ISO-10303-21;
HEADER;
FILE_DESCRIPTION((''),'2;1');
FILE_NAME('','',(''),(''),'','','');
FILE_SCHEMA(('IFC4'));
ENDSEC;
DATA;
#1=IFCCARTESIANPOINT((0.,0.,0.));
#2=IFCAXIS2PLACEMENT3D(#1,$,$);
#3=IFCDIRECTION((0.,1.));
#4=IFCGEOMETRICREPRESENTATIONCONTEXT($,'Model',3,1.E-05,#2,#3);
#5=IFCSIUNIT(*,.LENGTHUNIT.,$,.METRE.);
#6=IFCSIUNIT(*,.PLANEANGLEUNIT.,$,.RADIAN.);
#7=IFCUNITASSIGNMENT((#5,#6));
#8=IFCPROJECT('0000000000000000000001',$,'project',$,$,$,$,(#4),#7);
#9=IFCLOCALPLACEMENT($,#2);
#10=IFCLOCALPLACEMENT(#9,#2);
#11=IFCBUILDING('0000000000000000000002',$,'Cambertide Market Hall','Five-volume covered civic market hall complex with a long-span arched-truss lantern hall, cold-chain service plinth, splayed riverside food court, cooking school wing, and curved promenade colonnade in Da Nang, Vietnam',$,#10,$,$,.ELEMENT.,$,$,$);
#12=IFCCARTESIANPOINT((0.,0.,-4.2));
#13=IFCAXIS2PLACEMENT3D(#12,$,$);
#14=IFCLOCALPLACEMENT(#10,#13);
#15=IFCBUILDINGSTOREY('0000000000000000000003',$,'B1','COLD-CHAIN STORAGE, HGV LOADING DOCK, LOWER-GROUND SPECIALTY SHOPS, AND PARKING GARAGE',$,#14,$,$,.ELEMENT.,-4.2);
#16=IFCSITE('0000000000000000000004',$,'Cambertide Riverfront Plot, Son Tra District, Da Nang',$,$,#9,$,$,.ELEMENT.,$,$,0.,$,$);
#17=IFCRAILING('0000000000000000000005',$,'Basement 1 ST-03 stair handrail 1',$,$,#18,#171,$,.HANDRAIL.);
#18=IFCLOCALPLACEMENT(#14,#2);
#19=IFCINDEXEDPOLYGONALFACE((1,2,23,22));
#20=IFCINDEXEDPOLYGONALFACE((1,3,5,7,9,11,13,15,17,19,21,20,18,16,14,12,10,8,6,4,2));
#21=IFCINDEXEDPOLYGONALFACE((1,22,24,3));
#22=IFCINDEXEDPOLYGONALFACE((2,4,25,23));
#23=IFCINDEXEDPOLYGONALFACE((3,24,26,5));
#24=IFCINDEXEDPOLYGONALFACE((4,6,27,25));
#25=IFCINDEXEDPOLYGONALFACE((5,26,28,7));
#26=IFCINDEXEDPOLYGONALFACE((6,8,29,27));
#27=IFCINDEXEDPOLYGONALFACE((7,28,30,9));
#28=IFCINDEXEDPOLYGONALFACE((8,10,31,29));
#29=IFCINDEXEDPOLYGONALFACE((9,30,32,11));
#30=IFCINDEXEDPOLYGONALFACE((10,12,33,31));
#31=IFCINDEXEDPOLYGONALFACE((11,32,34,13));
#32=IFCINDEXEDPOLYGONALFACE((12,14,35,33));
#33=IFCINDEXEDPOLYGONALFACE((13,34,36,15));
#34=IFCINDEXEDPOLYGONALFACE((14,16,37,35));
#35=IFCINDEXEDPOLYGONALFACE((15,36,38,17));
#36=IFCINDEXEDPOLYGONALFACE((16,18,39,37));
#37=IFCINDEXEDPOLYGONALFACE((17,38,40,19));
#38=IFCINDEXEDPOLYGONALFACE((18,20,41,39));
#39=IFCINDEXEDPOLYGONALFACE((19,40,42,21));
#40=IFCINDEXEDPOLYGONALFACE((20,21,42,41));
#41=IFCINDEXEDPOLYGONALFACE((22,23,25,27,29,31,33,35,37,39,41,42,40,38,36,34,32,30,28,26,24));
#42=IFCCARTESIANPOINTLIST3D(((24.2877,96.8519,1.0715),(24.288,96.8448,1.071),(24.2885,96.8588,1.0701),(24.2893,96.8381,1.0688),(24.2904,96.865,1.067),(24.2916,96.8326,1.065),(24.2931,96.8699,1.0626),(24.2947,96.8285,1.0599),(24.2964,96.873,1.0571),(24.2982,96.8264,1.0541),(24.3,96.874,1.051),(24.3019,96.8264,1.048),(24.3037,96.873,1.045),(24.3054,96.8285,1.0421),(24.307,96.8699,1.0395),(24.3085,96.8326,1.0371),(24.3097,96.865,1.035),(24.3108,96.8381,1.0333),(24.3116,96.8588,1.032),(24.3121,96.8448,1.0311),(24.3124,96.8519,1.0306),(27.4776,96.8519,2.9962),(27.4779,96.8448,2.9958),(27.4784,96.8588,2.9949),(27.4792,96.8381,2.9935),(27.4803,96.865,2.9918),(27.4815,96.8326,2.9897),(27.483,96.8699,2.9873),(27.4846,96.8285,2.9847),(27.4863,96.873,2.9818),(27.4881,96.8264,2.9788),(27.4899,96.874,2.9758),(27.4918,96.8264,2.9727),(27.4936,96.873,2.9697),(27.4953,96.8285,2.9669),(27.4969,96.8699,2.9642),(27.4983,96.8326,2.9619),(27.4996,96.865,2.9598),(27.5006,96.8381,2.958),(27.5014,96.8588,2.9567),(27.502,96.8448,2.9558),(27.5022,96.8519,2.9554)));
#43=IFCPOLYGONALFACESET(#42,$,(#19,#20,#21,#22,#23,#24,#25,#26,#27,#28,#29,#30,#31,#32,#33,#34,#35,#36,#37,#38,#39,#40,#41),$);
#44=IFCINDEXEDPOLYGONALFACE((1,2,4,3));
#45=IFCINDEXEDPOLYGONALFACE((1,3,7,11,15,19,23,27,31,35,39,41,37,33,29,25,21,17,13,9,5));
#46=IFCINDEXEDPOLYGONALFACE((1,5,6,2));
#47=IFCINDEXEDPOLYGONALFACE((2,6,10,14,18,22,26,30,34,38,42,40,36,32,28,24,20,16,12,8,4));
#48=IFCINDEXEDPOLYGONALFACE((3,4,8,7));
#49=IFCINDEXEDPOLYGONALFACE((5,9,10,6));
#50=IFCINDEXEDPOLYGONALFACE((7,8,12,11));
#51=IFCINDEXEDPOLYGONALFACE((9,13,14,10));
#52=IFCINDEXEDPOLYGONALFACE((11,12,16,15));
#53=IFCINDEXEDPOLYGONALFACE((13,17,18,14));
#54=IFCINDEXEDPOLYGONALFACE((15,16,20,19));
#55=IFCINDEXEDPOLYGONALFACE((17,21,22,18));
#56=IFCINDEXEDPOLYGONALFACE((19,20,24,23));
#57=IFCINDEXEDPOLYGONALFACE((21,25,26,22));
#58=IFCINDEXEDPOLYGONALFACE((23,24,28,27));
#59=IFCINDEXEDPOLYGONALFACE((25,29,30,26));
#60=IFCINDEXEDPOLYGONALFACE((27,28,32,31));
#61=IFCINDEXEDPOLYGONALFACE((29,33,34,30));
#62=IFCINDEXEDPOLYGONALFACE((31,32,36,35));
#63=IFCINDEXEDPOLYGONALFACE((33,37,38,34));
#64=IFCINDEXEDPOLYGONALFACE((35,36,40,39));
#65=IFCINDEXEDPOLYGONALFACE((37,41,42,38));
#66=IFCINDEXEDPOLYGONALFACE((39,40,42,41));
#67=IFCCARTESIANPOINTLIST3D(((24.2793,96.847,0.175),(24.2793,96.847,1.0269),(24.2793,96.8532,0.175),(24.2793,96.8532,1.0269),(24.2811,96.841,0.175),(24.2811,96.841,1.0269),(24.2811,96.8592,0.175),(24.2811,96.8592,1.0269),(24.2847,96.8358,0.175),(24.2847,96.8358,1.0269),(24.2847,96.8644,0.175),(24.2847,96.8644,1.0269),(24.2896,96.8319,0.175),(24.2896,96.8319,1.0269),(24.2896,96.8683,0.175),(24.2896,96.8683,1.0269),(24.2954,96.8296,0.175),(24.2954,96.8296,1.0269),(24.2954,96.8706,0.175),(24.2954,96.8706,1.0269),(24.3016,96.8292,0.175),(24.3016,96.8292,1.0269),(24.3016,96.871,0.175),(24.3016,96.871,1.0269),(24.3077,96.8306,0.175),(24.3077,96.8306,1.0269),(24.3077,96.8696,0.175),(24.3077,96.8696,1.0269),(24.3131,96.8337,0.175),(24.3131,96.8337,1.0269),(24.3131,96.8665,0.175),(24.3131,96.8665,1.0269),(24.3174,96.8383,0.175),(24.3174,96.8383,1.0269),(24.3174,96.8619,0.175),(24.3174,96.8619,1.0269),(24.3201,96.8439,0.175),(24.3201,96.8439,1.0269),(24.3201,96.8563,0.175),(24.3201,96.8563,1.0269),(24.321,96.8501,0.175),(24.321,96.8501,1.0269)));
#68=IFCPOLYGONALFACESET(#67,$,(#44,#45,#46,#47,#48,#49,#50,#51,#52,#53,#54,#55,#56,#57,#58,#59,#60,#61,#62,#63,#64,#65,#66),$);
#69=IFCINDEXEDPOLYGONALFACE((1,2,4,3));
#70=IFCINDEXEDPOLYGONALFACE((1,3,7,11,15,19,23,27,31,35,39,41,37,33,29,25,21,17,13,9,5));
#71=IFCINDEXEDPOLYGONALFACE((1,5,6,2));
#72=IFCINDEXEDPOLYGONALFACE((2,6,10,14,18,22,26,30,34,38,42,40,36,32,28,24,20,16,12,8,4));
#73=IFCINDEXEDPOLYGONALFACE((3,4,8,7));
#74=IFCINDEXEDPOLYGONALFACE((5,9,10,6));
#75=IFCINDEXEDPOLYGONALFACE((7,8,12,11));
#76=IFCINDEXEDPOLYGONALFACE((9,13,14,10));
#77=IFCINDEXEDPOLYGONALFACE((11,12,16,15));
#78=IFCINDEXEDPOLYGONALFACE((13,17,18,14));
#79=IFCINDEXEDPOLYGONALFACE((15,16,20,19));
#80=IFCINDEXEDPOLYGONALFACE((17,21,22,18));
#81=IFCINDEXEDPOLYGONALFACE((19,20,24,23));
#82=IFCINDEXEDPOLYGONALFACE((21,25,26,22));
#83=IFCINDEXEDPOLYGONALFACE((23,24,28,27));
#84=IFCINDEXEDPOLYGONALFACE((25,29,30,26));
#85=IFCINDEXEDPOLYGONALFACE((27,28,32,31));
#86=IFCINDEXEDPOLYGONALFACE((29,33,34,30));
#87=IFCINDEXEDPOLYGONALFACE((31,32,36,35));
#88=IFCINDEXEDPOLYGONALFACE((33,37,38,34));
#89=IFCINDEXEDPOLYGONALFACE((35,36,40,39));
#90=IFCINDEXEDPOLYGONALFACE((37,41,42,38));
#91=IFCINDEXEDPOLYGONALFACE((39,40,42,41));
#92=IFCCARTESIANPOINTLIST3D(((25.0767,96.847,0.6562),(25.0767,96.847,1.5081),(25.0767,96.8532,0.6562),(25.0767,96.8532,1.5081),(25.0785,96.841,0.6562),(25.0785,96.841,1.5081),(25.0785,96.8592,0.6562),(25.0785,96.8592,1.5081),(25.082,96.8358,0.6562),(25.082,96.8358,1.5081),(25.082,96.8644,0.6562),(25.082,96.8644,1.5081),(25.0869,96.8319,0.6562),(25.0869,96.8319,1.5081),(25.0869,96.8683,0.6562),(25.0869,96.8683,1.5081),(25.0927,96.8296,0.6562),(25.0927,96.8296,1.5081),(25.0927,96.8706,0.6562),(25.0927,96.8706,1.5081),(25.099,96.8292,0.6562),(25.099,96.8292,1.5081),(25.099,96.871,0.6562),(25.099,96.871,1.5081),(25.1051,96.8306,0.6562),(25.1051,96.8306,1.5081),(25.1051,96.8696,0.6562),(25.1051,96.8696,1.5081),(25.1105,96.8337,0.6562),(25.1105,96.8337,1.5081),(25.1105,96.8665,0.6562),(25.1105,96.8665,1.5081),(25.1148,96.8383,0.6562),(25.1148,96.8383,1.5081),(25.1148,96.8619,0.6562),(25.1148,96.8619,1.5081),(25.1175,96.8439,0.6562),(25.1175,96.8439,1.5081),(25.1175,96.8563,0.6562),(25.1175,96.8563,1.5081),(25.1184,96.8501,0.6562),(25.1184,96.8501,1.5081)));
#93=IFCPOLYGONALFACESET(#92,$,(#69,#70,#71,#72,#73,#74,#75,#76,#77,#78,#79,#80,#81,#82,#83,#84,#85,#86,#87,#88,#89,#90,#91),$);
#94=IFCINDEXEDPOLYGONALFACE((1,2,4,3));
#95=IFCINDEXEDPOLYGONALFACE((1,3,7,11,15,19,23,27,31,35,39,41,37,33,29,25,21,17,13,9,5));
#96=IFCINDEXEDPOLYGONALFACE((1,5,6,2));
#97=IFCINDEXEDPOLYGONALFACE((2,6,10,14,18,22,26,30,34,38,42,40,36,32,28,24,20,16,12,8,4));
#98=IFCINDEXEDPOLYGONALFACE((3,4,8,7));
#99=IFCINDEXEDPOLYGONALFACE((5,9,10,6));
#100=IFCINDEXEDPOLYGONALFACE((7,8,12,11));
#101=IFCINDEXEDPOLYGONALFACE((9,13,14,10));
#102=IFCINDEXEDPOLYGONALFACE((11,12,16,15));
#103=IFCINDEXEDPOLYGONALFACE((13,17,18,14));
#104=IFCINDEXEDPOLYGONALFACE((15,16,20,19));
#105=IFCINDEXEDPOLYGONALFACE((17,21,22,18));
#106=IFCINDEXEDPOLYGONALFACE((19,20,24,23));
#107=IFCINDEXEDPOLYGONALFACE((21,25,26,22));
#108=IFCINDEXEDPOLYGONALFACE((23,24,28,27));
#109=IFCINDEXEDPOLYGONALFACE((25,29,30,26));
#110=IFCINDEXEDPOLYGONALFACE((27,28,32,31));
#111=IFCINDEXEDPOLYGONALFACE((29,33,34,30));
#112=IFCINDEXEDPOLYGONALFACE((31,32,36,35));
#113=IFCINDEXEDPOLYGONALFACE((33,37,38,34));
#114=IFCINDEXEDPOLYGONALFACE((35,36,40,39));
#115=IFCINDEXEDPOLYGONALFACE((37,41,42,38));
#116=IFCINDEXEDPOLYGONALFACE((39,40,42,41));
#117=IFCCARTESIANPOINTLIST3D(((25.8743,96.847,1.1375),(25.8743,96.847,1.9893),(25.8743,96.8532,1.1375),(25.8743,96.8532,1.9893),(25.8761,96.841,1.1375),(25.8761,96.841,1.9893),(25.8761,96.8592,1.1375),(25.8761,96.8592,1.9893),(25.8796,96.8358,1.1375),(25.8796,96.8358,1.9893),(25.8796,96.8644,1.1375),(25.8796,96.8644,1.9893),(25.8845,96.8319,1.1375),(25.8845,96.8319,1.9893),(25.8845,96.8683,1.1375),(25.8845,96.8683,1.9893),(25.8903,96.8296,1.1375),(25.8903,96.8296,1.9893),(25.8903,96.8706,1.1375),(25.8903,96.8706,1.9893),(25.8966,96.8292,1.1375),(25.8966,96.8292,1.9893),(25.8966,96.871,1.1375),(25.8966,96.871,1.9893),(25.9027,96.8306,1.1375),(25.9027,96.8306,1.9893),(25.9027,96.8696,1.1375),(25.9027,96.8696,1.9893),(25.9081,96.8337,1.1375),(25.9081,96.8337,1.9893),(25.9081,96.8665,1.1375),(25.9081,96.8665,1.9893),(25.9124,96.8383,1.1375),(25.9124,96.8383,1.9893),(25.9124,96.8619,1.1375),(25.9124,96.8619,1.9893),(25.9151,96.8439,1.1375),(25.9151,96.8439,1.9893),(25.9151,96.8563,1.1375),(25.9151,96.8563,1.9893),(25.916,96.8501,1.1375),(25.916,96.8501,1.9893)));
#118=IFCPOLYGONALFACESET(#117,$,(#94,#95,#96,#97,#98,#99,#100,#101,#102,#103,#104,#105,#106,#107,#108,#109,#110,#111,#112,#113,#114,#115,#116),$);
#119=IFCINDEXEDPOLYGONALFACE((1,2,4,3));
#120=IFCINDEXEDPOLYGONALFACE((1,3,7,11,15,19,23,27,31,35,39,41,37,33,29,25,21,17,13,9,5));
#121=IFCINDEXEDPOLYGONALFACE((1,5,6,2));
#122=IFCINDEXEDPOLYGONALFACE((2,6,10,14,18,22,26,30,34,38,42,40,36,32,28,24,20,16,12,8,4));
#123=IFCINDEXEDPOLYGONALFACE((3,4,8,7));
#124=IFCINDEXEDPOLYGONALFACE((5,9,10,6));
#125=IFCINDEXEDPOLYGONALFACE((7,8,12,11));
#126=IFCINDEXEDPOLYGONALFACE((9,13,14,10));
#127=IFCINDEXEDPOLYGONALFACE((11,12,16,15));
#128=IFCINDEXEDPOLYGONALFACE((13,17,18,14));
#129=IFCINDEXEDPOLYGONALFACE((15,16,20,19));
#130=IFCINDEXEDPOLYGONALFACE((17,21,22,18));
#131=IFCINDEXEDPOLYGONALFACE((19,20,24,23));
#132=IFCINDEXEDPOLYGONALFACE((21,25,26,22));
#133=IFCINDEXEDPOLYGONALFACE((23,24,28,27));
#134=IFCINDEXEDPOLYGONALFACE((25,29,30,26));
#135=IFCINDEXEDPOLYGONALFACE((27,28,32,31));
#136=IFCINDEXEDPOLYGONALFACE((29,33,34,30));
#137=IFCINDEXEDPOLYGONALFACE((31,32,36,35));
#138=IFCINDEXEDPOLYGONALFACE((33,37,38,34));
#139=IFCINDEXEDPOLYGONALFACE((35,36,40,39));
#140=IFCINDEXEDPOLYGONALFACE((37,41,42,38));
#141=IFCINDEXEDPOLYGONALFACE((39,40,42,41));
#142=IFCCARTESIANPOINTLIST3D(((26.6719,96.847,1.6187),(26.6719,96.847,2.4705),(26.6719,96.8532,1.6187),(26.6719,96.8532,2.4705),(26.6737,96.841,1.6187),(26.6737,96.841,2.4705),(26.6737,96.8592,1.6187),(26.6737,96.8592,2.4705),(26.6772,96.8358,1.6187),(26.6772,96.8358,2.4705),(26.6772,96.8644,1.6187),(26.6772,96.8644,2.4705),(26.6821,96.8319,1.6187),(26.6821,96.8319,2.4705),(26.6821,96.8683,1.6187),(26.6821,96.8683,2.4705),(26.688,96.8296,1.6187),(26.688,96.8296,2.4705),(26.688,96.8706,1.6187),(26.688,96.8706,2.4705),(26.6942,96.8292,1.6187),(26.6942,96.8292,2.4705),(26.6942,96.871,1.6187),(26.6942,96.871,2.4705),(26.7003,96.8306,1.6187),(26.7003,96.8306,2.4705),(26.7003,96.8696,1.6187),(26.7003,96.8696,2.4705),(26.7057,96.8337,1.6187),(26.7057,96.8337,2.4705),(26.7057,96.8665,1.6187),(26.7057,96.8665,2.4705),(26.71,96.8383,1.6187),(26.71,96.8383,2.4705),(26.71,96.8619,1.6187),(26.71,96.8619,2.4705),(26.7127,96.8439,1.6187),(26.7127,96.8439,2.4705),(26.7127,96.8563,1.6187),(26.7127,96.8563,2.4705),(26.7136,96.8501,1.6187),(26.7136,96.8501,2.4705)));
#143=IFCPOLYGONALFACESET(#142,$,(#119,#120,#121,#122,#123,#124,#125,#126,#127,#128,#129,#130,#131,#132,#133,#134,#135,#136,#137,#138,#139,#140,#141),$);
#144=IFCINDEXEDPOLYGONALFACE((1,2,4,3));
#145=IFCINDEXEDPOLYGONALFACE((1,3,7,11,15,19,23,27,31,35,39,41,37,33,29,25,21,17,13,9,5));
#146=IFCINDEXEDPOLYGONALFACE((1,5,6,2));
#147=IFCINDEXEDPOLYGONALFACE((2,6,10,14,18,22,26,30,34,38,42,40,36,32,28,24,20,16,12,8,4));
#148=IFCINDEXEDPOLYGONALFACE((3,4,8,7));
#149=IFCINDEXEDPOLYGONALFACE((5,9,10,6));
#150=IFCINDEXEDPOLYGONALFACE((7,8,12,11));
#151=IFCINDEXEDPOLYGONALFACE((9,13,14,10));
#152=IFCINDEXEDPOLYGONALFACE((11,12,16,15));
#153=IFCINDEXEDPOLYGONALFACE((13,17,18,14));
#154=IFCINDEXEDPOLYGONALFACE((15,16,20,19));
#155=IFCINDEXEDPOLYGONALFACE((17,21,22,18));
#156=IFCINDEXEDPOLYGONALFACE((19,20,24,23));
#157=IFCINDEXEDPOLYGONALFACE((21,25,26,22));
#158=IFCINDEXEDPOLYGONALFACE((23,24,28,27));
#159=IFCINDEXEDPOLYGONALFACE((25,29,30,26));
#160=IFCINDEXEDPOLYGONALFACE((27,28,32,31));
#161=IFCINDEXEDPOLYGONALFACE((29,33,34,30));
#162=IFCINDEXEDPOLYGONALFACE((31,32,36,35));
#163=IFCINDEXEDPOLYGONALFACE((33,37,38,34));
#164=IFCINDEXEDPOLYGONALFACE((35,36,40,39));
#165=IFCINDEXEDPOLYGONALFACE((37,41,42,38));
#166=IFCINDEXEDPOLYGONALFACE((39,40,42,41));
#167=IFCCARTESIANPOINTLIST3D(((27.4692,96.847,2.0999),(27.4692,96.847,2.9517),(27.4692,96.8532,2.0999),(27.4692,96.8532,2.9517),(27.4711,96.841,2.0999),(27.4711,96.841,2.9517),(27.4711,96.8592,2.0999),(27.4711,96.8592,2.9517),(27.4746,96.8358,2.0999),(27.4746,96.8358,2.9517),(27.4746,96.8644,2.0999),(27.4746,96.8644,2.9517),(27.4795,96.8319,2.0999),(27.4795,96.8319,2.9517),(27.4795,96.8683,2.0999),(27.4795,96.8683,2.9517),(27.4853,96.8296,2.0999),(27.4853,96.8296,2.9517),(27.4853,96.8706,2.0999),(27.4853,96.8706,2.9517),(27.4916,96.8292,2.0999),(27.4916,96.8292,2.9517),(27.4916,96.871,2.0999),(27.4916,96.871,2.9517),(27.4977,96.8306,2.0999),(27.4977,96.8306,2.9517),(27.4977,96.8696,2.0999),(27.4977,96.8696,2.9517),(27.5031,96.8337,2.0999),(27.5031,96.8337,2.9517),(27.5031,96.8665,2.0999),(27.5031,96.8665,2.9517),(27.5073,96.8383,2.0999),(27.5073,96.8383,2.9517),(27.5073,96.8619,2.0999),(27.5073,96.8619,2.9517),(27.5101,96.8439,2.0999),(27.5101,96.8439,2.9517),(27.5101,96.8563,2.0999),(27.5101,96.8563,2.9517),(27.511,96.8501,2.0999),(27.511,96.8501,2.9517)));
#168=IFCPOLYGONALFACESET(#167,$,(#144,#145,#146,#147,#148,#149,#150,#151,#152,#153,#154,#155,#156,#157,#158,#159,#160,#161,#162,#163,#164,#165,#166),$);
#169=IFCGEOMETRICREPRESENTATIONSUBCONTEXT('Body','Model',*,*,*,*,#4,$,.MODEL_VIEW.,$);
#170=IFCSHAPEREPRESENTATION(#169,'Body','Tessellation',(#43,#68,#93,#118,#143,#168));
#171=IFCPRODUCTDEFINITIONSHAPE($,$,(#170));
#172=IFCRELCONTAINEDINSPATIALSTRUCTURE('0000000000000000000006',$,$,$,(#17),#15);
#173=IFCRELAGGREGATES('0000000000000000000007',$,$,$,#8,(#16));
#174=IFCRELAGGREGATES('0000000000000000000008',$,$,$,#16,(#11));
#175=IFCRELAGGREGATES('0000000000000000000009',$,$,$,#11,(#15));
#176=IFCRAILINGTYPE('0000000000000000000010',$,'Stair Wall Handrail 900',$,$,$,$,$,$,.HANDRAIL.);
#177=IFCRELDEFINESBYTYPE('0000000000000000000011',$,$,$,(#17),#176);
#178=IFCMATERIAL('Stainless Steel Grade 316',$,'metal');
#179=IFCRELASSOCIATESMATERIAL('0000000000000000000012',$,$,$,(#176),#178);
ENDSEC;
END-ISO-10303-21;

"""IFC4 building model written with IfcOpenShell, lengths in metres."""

from ifc_helpers import new_model, si_unit, direction, frame, origin, origin_2d, place, context, subcontext, project, spatial, circle, extrude, material, type_object, element, save


model = new_model("IFC4")

# Units and contexts
model_context = context("Model", 3, precision=1e-05, world=origin(), true_north=direction((0.0, 1.0)))
body_context = subcontext(model_context, "Body", "Model", "MODEL_VIEW")
ifc_project = project(units=[si_unit("LENGTHUNIT", "METRE"), si_unit("PLANEANGLEUNIT", "RADIAN")], contexts=[model_context])

# Site, building, storey
site_placement = place(None, origin())
site = spatial("IfcSite", under=ifc_project, at=site_placement, Name="Cambertide Riverfront Plot, Son Tra District, Da Nang", CompositionType="ELEMENT", RefElevation=0.0)
building_placement = place(site_placement, origin())
building = spatial("IfcBuilding", under=site, at=building_placement, Name="Cambertide Market Hall", Description="Five-volume covered civic market hall complex with a long-span arched-truss lantern hall, cold-chain service plinth, splayed riverside food court, cooking school wing, and curved promenade colonnade in Da Nang, Vietnam", CompositionType="ELEMENT")
storey_placement = place(building_placement, frame((0.0, 0.0, -4.2)))
storey = spatial("IfcBuildingStorey", under=building, at=storey_placement, Name="B1", Description="COLD-CHAIN STORAGE, HGV LOADING DOCK, LOWER-GROUND SPECIALTY SHOPS, AND PARKING GARAGE", CompositionType="ELEMENT", Elevation=-4.2)

# Railing
ifc_material_1 = material(Name="Stainless Steel Grade 316", Category="metal")
railing_type_1 = type_object("IfcRailingType", Name="Stair Wall Handrail 900", PredefinedType="HANDRAIL", material=ifc_material_1)
railing_1_placement = place(storey_placement, frame((24.3, 96.8501, 0.175)))
element("IfcRailing", 1, at=railing_1_placement, inside=storey, type_object=railing_type_1, Name="Basement 1 ST-03 stair handrail 1", PredefinedType="HANDRAIL", context=body_context, shape_type="SweptSolid", body=[
    extrude(circle(Radius=0.0239, at=origin_2d()), frame((0.0, 0.0, 0.876), z_axis=(0.856207, 0.0, 0.516633), x_axis=(0.0, 1.0, 0.0)), (0.0, 0.0, 1.0), 3.7256),
    extrude(circle(Radius=0.021, at=origin_2d()), origin(), (0.0, 0.0, 1.0), 0.8518),
    extrude(circle(Radius=0.021, at=origin_2d()), frame((0.7974, 0.0, 0.4812)), (0.0, 0.0, 1.0), 0.8518),
    extrude(circle(Radius=0.021, at=origin_2d()), frame((1.595, 0.0, 0.9624)), (0.0, 0.0, 1.0), 0.8518),
    extrude(circle(Radius=0.021, at=origin_2d()), frame((2.3926, 0.0, 1.4436)), (0.0, 0.0, 1.0), 0.8518),
    extrude(circle(Radius=0.021, at=origin_2d()), frame((3.1899, 0.0, 1.9248)), (0.0, 0.0, 1.0), 0.8518),
])

save(model, "model.ifc")
